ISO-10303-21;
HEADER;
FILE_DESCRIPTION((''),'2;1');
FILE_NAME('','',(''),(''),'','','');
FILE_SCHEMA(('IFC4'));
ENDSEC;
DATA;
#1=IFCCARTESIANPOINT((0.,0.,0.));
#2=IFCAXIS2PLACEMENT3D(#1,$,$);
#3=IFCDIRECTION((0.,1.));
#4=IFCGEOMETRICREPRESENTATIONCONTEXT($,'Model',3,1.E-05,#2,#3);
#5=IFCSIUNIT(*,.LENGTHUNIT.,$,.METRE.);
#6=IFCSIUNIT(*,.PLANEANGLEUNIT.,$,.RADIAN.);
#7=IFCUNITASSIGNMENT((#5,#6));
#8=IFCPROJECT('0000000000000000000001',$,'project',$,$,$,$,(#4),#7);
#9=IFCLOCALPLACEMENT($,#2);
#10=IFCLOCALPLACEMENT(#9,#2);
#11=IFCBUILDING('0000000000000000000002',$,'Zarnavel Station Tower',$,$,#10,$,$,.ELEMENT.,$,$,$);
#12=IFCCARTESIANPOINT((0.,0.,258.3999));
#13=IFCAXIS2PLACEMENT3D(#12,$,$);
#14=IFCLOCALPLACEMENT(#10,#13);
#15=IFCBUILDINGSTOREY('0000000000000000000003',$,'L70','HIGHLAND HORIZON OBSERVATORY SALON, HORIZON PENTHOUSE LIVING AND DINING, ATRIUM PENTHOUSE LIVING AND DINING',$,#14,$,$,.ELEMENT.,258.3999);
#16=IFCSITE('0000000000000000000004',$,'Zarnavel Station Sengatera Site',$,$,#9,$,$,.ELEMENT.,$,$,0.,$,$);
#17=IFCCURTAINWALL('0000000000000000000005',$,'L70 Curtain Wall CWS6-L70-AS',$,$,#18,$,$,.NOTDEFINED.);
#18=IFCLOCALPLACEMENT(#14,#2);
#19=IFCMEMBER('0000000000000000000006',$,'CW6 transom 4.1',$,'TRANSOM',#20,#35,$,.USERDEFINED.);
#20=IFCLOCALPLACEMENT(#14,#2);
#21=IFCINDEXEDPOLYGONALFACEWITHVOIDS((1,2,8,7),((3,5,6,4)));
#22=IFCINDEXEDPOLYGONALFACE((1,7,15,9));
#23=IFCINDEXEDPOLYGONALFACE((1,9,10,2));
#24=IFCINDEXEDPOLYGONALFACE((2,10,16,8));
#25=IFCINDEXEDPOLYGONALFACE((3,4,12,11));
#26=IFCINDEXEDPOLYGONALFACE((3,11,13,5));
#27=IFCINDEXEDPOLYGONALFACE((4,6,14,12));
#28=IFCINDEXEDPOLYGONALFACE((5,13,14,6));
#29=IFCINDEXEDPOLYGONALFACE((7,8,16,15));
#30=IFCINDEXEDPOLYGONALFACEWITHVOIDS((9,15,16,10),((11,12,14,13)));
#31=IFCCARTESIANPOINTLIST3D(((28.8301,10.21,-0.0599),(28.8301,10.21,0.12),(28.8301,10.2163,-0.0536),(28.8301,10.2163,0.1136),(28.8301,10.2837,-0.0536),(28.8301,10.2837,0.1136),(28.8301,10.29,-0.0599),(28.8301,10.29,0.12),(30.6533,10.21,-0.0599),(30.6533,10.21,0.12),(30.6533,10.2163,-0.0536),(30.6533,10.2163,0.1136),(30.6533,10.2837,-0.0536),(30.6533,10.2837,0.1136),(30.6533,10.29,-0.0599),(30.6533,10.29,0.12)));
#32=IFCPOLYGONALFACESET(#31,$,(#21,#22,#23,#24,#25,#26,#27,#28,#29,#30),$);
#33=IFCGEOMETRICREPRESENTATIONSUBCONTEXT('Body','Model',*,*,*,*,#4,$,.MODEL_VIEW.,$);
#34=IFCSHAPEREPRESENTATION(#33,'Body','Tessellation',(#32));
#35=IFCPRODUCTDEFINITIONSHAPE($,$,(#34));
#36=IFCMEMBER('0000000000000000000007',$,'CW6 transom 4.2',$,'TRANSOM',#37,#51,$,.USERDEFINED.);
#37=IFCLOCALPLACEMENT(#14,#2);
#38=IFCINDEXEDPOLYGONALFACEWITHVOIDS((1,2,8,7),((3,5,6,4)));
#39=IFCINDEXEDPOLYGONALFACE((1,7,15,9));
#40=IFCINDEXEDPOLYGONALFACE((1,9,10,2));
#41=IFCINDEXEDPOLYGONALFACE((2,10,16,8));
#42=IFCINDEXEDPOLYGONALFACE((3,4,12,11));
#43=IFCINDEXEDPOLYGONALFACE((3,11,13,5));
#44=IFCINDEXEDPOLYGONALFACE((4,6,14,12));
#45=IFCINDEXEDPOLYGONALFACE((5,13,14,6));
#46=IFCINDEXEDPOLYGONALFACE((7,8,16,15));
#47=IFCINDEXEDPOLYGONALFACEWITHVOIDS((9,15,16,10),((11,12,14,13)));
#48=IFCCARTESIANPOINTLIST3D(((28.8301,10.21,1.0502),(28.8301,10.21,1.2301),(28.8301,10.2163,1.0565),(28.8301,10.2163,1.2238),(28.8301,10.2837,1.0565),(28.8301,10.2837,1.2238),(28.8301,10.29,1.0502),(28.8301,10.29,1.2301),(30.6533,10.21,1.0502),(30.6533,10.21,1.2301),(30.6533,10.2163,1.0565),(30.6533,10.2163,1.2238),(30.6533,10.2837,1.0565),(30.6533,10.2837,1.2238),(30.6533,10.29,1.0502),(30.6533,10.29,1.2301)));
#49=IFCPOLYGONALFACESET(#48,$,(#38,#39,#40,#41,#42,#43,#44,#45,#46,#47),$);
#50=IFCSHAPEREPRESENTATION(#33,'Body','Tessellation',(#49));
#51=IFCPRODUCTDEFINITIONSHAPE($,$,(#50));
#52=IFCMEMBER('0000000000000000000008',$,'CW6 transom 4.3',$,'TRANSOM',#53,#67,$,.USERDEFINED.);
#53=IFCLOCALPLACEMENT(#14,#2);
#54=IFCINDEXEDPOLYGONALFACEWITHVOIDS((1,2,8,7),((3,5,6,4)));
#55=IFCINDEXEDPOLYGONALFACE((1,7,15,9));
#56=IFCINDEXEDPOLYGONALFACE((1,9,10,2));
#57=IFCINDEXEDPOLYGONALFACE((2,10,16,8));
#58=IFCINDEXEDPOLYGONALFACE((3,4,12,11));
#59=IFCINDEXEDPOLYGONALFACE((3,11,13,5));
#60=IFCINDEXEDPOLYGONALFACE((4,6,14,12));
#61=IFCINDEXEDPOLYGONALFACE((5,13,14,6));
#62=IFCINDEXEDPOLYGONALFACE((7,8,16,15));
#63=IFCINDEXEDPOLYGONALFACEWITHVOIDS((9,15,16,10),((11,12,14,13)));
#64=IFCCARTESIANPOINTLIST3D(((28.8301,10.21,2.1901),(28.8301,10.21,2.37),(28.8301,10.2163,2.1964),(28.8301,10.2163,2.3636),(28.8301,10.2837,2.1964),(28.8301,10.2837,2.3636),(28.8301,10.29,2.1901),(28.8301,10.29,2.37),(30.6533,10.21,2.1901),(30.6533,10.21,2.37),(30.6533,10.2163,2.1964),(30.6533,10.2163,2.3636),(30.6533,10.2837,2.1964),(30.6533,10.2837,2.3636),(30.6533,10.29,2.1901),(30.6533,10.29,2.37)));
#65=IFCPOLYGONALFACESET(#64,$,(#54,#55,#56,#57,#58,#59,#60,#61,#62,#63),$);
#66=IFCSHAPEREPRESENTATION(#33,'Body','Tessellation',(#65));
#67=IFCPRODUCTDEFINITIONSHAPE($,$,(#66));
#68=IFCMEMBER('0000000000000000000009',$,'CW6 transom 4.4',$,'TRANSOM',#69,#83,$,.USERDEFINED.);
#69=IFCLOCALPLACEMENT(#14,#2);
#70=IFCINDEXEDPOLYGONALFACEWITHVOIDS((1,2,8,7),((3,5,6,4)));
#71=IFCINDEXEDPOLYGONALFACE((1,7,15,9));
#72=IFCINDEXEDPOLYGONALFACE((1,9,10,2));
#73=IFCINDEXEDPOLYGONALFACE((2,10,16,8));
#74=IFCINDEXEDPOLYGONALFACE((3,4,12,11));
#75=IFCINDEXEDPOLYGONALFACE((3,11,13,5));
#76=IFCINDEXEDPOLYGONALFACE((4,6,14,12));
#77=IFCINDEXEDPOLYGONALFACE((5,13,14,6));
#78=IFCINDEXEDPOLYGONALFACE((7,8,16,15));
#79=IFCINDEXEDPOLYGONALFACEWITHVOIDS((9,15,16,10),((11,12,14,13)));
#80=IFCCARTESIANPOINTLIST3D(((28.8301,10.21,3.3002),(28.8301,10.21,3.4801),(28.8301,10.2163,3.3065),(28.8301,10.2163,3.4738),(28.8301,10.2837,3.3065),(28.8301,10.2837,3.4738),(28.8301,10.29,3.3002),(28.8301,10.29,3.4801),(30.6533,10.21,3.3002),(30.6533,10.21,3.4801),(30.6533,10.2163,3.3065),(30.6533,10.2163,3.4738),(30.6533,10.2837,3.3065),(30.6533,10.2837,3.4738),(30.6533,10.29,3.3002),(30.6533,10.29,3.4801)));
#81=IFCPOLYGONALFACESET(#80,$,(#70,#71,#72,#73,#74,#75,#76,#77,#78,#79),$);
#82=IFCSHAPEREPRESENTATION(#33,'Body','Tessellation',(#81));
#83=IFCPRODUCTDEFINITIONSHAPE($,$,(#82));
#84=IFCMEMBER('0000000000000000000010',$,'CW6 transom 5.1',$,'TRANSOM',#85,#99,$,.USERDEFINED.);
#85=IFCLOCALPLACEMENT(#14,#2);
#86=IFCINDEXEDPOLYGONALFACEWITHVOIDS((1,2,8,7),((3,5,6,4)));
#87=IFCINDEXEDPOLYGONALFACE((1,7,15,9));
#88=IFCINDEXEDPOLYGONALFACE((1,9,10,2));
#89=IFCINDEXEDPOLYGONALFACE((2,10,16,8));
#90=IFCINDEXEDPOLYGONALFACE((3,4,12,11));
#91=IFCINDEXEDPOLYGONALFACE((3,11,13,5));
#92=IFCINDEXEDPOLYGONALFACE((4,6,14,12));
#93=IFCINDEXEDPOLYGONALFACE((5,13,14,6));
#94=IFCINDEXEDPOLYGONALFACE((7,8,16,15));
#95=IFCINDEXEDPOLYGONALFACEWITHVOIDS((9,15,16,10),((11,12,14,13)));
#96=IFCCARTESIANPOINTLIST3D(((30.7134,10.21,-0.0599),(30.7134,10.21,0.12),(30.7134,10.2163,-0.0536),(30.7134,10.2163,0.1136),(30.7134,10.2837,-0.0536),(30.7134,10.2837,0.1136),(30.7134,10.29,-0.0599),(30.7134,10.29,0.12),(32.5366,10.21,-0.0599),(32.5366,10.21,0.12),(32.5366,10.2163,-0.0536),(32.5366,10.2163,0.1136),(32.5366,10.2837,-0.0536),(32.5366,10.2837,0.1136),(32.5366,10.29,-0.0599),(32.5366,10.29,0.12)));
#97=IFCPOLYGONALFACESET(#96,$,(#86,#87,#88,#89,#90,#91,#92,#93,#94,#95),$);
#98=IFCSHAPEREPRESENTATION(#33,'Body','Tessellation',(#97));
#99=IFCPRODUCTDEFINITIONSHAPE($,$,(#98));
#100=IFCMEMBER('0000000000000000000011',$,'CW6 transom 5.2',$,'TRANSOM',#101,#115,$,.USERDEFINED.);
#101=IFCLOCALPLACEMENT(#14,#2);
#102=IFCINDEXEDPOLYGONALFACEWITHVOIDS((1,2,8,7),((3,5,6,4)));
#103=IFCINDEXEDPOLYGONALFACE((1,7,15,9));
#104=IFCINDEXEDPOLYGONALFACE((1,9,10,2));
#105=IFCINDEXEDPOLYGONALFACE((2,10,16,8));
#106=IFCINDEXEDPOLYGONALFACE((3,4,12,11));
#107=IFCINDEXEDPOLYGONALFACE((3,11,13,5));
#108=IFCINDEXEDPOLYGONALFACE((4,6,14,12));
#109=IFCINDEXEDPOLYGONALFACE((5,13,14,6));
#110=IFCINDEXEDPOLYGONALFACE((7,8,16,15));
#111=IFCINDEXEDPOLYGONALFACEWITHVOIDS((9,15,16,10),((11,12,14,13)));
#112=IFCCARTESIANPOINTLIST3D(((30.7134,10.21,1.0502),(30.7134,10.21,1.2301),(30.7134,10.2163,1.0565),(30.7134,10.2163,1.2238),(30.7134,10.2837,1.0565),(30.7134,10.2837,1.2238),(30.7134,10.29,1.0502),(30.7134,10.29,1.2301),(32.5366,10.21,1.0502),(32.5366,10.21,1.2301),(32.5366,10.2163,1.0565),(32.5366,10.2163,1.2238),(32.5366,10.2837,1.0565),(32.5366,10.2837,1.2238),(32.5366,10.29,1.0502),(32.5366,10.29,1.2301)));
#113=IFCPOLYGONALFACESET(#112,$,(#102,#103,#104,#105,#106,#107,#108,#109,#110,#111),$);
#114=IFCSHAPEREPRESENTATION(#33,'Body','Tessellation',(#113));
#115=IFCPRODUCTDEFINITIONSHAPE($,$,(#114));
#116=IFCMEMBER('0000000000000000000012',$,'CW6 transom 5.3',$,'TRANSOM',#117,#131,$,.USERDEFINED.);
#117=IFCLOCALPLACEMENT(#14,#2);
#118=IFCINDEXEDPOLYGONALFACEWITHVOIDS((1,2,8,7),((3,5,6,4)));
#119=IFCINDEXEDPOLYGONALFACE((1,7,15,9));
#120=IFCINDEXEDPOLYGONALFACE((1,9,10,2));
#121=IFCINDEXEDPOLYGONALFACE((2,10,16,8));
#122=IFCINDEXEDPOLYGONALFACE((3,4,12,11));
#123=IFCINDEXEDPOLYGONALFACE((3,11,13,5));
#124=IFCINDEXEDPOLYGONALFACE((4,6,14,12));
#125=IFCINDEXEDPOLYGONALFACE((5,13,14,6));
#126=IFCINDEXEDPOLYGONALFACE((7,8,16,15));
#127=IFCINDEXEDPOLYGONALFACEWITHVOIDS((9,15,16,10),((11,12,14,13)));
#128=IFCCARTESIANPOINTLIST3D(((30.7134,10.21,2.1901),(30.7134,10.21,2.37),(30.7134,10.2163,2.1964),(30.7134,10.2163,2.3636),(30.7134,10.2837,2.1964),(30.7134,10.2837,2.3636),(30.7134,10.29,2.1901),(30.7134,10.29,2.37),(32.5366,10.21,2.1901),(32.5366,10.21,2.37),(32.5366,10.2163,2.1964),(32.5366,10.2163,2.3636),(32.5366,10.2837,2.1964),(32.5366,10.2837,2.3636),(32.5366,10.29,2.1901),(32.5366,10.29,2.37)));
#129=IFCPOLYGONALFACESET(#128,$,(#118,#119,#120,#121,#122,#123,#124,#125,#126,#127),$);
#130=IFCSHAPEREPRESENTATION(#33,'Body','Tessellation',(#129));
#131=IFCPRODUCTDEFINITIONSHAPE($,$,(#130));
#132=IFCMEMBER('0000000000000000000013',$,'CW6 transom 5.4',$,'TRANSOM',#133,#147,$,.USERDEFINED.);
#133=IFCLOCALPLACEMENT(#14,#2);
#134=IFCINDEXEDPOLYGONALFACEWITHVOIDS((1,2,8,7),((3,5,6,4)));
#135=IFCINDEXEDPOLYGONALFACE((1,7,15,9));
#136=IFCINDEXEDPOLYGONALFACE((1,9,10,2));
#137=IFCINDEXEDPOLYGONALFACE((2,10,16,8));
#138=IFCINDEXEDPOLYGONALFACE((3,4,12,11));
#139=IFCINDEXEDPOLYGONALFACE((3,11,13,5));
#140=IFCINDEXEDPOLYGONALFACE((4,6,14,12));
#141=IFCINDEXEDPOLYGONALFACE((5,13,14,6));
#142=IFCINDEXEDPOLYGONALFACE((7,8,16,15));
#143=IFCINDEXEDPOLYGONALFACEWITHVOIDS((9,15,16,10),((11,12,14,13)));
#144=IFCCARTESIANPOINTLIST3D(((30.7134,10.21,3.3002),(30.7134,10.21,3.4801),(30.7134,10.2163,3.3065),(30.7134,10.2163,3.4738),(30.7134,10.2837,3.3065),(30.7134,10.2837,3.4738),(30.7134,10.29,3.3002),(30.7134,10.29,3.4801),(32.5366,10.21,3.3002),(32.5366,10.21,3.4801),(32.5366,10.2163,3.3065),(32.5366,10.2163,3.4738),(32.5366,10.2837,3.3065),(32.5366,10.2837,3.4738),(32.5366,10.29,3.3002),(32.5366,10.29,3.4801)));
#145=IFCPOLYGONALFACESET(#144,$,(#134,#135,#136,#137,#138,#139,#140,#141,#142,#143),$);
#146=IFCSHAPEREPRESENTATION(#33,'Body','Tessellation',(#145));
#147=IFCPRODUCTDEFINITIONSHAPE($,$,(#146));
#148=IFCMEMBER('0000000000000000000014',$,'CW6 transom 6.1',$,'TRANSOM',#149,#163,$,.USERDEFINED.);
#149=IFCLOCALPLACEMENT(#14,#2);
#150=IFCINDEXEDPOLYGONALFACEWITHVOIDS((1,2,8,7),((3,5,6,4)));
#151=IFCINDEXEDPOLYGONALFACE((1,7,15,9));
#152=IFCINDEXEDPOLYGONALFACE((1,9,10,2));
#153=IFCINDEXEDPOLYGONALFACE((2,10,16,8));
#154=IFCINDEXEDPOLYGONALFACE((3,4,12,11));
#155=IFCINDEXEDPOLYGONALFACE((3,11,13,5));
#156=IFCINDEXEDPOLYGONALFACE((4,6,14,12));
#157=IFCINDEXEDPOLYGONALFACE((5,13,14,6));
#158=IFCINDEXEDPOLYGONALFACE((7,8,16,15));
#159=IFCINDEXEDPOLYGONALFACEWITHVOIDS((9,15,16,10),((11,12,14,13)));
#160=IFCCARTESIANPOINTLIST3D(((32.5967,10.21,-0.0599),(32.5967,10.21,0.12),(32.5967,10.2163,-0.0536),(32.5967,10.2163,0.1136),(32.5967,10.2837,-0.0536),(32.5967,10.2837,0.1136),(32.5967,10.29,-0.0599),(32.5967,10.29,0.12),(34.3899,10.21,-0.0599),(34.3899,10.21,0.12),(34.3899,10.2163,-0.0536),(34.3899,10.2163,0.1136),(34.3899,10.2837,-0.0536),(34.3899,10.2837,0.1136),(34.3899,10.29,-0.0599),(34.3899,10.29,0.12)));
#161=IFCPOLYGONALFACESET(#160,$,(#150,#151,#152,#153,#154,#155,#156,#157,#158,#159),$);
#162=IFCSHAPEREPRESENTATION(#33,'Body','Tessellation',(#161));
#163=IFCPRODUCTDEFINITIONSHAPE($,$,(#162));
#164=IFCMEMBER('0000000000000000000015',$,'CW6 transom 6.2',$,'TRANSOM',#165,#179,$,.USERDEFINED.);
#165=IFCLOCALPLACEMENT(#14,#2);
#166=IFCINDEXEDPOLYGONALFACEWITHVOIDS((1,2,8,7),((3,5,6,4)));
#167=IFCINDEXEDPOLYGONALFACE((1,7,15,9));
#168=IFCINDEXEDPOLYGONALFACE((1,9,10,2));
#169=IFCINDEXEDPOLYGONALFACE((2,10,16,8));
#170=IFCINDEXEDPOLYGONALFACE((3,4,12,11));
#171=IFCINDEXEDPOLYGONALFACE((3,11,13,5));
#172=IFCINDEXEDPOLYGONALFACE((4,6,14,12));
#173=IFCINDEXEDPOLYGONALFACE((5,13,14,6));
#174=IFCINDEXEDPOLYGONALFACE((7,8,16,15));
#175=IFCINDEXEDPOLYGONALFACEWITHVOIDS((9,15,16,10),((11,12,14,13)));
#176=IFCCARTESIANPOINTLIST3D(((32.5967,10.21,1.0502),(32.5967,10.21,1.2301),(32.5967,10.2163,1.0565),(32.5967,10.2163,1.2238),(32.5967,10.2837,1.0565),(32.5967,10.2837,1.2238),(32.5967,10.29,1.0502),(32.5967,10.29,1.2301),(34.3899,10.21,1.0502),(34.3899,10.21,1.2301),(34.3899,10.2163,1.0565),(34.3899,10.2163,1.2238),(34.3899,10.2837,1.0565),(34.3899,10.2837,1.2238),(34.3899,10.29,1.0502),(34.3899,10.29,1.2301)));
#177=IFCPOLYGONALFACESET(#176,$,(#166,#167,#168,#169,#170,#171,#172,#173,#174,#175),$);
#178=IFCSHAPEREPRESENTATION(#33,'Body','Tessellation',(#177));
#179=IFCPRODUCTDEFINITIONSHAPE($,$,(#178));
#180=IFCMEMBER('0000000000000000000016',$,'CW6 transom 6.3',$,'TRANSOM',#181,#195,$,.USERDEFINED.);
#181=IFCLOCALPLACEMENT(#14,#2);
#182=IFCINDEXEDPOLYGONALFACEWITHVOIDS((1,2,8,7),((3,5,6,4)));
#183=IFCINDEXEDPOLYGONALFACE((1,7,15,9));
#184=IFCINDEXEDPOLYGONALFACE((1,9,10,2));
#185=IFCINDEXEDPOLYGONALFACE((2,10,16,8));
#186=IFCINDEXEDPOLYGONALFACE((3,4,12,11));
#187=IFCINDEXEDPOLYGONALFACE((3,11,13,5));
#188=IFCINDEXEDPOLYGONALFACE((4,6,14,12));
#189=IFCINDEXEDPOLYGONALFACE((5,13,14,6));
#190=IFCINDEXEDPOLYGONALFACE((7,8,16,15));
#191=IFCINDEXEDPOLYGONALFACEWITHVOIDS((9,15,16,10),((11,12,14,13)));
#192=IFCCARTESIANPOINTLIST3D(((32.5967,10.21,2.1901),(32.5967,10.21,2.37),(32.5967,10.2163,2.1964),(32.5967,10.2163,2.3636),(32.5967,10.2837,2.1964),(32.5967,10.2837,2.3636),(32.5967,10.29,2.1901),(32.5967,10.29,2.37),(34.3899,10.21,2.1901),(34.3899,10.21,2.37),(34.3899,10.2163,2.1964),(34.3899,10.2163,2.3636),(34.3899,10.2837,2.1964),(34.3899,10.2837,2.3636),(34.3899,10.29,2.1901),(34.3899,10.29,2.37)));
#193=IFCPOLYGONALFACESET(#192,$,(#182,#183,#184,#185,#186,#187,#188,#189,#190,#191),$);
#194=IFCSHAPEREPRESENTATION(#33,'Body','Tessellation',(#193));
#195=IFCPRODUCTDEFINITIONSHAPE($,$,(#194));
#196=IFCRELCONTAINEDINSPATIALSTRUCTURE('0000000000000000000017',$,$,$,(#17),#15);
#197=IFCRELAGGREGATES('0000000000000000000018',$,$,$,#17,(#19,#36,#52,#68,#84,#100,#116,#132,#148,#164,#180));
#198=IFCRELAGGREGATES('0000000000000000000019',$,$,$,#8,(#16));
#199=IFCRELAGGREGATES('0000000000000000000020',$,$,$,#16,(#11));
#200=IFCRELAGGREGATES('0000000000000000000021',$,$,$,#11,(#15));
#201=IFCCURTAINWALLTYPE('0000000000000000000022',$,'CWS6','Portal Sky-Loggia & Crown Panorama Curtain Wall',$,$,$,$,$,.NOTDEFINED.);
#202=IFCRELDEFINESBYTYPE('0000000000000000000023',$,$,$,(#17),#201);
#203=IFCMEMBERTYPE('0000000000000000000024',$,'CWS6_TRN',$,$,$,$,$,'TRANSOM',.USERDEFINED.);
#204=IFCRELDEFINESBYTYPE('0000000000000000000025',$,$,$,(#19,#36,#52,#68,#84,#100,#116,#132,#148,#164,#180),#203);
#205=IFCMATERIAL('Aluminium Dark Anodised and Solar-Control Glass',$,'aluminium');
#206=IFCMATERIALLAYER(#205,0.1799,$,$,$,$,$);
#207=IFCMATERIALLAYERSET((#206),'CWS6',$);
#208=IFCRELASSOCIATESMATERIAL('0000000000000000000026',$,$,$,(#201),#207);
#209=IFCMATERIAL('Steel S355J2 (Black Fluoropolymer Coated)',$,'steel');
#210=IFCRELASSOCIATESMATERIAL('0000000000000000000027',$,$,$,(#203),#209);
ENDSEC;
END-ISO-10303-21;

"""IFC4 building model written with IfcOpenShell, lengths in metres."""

from ifc_helpers import new_model, si_unit, direction, frame, origin, origin_2d, place, context, subcontext, project, spatial, hollow_rectangle, extrude, material, layer, layer_set, material_profile, profile_set, type_object, element, aggregate, save


model = new_model("IFC4")

# Units and contexts
model_context = context("Model", 3, precision=1e-05, world=origin(), true_north=direction((0.0, 1.0)))
body_context = subcontext(model_context, "Body", "Model", "MODEL_VIEW")
ifc_project = project(units=[si_unit("LENGTHUNIT", "METRE"), si_unit("PLANEANGLEUNIT", "RADIAN")], contexts=[model_context])

# Site, building, storey
site_placement = place(None, origin())
site = spatial("IfcSite", under=ifc_project, at=site_placement, Name="Zarnavel Station Sengatera Site", CompositionType="ELEMENT", RefElevation=0.0)
building_placement = place(site_placement, origin())
building = spatial("IfcBuilding", under=site, at=building_placement, Name="Zarnavel Station Tower", CompositionType="ELEMENT")
storey_placement = place(building_placement, frame((0.0, 0.0, 258.3999)))
storey = spatial("IfcBuildingStorey", under=building, at=storey_placement, Name="L70", Description="HIGHLAND HORIZON OBSERVATORY SALON, HORIZON PENTHOUSE LIVING AND DINING, ATRIUM PENTHOUSE LIVING AND DINING", CompositionType="ELEMENT", Elevation=258.3999)

# Curtain wall
ifc_material_1 = material(Name="Aluminium Dark Anodised and Solar-Control Glass", Category="aluminium")
ifc_layer_1 = layer(ifc_material_1, 0.1799)
ifc_layer_set_1 = layer_set([ifc_layer_1], Name="CWS6")
curtain_wall_type = type_object("IfcCurtainWallType", Name="CWS6", Description="Portal Sky-Loggia & Crown Panorama Curtain Wall", PredefinedType="NOTDEFINED", material=ifc_layer_set_1)
curtain_wall_1_placement = place(storey_placement, origin())
curtain_wall_1 = element("IfcCurtainWall", 1, at=curtain_wall_1_placement, inside=storey, type_object=curtain_wall_type, Name="L70 Curtain Wall CWS6-L70-AS", PredefinedType="NOTDEFINED")

# Members
ifc_material_2 = material(Name="Steel S355J2 (Black Fluoropolymer Coated)", Category="steel")
ifc_material_profile_1 = material_profile(ifc_material_2, hollow_rectangle(XDim=0.0801, YDim=0.1799, WallThickness=0.0063, at=origin_2d()), Name="RHS180x80x6.3")
ifc_profile_set_1 = profile_set([ifc_material_profile_1], Name="Steel S355J2 (Black Fluoropolymer Coated)")
member_type_1 = type_object("IfcMemberType", Name="CWS6_TRN", ElementType="TRANSOM", PredefinedType="USERDEFINED", material=ifc_profile_set_1)
member_1_placement = place(storey_placement, frame((28.8301, 10.25, 0.03), z_axis=(1.0, 0.0, 0.0), x_axis=(0.0, 1.0, 0.0)))
member_1 = element("IfcMember", 2, at=member_1_placement, type_object=member_type_1, Name="CW6 transom 4.1", ObjectType="TRANSOM", PredefinedType="USERDEFINED", context=body_context, shape_type="SweptSolid", body=[
    extrude(hollow_rectangle(XDim=0.0801, YDim=0.1799, WallThickness=0.0063, at=origin_2d()), origin(), (0.0, 0.0, 1.0), 1.8232),
])
member_2_placement = place(storey_placement, frame((28.8301, 10.25, 1.1401), z_axis=(1.0, 0.0, 0.0), x_axis=(0.0, 1.0, 0.0)))
member_2 = element("IfcMember", 3, at=member_2_placement, type_object=member_type_1, Name="CW6 transom 4.2", ObjectType="TRANSOM", PredefinedType="USERDEFINED", context=body_context, shape_type="SweptSolid", body=[
    extrude(hollow_rectangle(XDim=0.0801, YDim=0.1799, WallThickness=0.0063, at=origin_2d()), origin(), (0.0, 0.0, 1.0), 1.8232),
])
member_3_placement = place(storey_placement, frame((28.8301, 10.25, 2.28), z_axis=(1.0, 0.0, 0.0), x_axis=(0.0, 1.0, 0.0)))
member_3 = element("IfcMember", 4, at=member_3_placement, type_object=member_type_1, Name="CW6 transom 4.3", ObjectType="TRANSOM", PredefinedType="USERDEFINED", context=body_context, shape_type="SweptSolid", body=[
    extrude(hollow_rectangle(XDim=0.0801, YDim=0.1799, WallThickness=0.0063, at=origin_2d()), origin(), (0.0, 0.0, 1.0), 1.8232),
])
member_4_placement = place(storey_placement, frame((28.8301, 10.25, 3.3901), z_axis=(1.0, 0.0, 0.0), x_axis=(0.0, 1.0, 0.0)))
member_4 = element("IfcMember", 5, at=member_4_placement, type_object=member_type_1, Name="CW6 transom 4.4", ObjectType="TRANSOM", PredefinedType="USERDEFINED", context=body_context, shape_type="SweptSolid", body=[
    extrude(hollow_rectangle(XDim=0.0801, YDim=0.1799, WallThickness=0.0063, at=origin_2d()), origin(), (0.0, 0.0, 1.0), 1.8232),
])
member_5_placement = place(storey_placement, frame((30.7134, 10.25, 0.03), z_axis=(1.0, 0.0, 0.0), x_axis=(0.0, 1.0, 0.0)))
member_5 = element("IfcMember", 6, at=member_5_placement, type_object=member_type_1, Name="CW6 transom 5.1", ObjectType="TRANSOM", PredefinedType="USERDEFINED", context=body_context, shape_type="SweptSolid", body=[
    extrude(hollow_rectangle(XDim=0.0801, YDim=0.1799, WallThickness=0.0063, at=origin_2d()), origin(), (0.0, 0.0, 1.0), 1.8232),
])
member_6_placement = place(storey_placement, frame((30.7134, 10.25, 1.1401), z_axis=(1.0, 0.0, 0.0), x_axis=(0.0, 1.0, 0.0)))
member_6 = element("IfcMember", 7, at=member_6_placement, type_object=member_type_1, Name="CW6 transom 5.2", ObjectType="TRANSOM", PredefinedType="USERDEFINED", context=body_context, shape_type="SweptSolid", body=[
    extrude(hollow_rectangle(XDim=0.0801, YDim=0.1799, WallThickness=0.0063, at=origin_2d()), origin(), (0.0, 0.0, 1.0), 1.8232),
])
member_7_placement = place(storey_placement, frame((30.7134, 10.25, 2.28), z_axis=(1.0, 0.0, 0.0), x_axis=(0.0, 1.0, 0.0)))
member_7 = element("IfcMember", 8, at=member_7_placement, type_object=member_type_1, Name="CW6 transom 5.3", ObjectType="TRANSOM", PredefinedType="USERDEFINED", context=body_context, shape_type="SweptSolid", body=[
    extrude(hollow_rectangle(XDim=0.0801, YDim=0.1799, WallThickness=0.0063, at=origin_2d()), origin(), (0.0, 0.0, 1.0), 1.8232),
])
member_8_placement = place(storey_placement, frame((30.7134, 10.25, 3.3901), z_axis=(1.0, 0.0, 0.0), x_axis=(0.0, 1.0, 0.0)))
member_8 = element("IfcMember", 9, at=member_8_placement, type_object=member_type_1, Name="CW6 transom 5.4", ObjectType="TRANSOM", PredefinedType="USERDEFINED", context=body_context, shape_type="SweptSolid", body=[
    extrude(hollow_rectangle(XDim=0.0801, YDim=0.1799, WallThickness=0.0063, at=origin_2d()), origin(), (0.0, 0.0, 1.0), 1.8232),
])
member_9_placement = place(storey_placement, frame((32.5967, 10.25, 0.03), z_axis=(1.0, 0.0, 0.0), x_axis=(0.0, 1.0, 0.0)))
member_9 = element("IfcMember", 10, at=member_9_placement, type_object=member_type_1, Name="CW6 transom 6.1", ObjectType="TRANSOM", PredefinedType="USERDEFINED", context=body_context, shape_type="SweptSolid", body=[
    extrude(hollow_rectangle(XDim=0.0801, YDim=0.1799, WallThickness=0.0063, at=origin_2d()), origin(), (0.0, 0.0, 1.0), 1.7932),
])
member_10_placement = place(storey_placement, frame((32.5967, 10.25, 1.1401), z_axis=(1.0, 0.0, 0.0), x_axis=(0.0, 1.0, 0.0)))
member_10 = element("IfcMember", 11, at=member_10_placement, type_object=member_type_1, Name="CW6 transom 6.2", ObjectType="TRANSOM", PredefinedType="USERDEFINED", context=body_context, shape_type="SweptSolid", body=[
    extrude(hollow_rectangle(XDim=0.0801, YDim=0.1799, WallThickness=0.0063, at=origin_2d()), origin(), (0.0, 0.0, 1.0), 1.7932),
])
member_11_placement = place(storey_placement, frame((32.5967, 10.25, 2.28), z_axis=(1.0, 0.0, 0.0), x_axis=(0.0, 1.0, 0.0)))
member_11 = element("IfcMember", 12, at=member_11_placement, type_object=member_type_1, Name="CW6 transom 6.3", ObjectType="TRANSOM", PredefinedType="USERDEFINED", context=body_context, shape_type="SweptSolid", body=[
    extrude(hollow_rectangle(XDim=0.0801, YDim=0.1799, WallThickness=0.0063, at=origin_2d()), origin(), (0.0, 0.0, 1.0), 1.7932),
])

aggregate(curtain_wall_1, [member_1, member_2, member_3, member_4, member_5, member_6, member_7, member_8, member_9, member_10, member_11])

save(model, "model.ifc")
